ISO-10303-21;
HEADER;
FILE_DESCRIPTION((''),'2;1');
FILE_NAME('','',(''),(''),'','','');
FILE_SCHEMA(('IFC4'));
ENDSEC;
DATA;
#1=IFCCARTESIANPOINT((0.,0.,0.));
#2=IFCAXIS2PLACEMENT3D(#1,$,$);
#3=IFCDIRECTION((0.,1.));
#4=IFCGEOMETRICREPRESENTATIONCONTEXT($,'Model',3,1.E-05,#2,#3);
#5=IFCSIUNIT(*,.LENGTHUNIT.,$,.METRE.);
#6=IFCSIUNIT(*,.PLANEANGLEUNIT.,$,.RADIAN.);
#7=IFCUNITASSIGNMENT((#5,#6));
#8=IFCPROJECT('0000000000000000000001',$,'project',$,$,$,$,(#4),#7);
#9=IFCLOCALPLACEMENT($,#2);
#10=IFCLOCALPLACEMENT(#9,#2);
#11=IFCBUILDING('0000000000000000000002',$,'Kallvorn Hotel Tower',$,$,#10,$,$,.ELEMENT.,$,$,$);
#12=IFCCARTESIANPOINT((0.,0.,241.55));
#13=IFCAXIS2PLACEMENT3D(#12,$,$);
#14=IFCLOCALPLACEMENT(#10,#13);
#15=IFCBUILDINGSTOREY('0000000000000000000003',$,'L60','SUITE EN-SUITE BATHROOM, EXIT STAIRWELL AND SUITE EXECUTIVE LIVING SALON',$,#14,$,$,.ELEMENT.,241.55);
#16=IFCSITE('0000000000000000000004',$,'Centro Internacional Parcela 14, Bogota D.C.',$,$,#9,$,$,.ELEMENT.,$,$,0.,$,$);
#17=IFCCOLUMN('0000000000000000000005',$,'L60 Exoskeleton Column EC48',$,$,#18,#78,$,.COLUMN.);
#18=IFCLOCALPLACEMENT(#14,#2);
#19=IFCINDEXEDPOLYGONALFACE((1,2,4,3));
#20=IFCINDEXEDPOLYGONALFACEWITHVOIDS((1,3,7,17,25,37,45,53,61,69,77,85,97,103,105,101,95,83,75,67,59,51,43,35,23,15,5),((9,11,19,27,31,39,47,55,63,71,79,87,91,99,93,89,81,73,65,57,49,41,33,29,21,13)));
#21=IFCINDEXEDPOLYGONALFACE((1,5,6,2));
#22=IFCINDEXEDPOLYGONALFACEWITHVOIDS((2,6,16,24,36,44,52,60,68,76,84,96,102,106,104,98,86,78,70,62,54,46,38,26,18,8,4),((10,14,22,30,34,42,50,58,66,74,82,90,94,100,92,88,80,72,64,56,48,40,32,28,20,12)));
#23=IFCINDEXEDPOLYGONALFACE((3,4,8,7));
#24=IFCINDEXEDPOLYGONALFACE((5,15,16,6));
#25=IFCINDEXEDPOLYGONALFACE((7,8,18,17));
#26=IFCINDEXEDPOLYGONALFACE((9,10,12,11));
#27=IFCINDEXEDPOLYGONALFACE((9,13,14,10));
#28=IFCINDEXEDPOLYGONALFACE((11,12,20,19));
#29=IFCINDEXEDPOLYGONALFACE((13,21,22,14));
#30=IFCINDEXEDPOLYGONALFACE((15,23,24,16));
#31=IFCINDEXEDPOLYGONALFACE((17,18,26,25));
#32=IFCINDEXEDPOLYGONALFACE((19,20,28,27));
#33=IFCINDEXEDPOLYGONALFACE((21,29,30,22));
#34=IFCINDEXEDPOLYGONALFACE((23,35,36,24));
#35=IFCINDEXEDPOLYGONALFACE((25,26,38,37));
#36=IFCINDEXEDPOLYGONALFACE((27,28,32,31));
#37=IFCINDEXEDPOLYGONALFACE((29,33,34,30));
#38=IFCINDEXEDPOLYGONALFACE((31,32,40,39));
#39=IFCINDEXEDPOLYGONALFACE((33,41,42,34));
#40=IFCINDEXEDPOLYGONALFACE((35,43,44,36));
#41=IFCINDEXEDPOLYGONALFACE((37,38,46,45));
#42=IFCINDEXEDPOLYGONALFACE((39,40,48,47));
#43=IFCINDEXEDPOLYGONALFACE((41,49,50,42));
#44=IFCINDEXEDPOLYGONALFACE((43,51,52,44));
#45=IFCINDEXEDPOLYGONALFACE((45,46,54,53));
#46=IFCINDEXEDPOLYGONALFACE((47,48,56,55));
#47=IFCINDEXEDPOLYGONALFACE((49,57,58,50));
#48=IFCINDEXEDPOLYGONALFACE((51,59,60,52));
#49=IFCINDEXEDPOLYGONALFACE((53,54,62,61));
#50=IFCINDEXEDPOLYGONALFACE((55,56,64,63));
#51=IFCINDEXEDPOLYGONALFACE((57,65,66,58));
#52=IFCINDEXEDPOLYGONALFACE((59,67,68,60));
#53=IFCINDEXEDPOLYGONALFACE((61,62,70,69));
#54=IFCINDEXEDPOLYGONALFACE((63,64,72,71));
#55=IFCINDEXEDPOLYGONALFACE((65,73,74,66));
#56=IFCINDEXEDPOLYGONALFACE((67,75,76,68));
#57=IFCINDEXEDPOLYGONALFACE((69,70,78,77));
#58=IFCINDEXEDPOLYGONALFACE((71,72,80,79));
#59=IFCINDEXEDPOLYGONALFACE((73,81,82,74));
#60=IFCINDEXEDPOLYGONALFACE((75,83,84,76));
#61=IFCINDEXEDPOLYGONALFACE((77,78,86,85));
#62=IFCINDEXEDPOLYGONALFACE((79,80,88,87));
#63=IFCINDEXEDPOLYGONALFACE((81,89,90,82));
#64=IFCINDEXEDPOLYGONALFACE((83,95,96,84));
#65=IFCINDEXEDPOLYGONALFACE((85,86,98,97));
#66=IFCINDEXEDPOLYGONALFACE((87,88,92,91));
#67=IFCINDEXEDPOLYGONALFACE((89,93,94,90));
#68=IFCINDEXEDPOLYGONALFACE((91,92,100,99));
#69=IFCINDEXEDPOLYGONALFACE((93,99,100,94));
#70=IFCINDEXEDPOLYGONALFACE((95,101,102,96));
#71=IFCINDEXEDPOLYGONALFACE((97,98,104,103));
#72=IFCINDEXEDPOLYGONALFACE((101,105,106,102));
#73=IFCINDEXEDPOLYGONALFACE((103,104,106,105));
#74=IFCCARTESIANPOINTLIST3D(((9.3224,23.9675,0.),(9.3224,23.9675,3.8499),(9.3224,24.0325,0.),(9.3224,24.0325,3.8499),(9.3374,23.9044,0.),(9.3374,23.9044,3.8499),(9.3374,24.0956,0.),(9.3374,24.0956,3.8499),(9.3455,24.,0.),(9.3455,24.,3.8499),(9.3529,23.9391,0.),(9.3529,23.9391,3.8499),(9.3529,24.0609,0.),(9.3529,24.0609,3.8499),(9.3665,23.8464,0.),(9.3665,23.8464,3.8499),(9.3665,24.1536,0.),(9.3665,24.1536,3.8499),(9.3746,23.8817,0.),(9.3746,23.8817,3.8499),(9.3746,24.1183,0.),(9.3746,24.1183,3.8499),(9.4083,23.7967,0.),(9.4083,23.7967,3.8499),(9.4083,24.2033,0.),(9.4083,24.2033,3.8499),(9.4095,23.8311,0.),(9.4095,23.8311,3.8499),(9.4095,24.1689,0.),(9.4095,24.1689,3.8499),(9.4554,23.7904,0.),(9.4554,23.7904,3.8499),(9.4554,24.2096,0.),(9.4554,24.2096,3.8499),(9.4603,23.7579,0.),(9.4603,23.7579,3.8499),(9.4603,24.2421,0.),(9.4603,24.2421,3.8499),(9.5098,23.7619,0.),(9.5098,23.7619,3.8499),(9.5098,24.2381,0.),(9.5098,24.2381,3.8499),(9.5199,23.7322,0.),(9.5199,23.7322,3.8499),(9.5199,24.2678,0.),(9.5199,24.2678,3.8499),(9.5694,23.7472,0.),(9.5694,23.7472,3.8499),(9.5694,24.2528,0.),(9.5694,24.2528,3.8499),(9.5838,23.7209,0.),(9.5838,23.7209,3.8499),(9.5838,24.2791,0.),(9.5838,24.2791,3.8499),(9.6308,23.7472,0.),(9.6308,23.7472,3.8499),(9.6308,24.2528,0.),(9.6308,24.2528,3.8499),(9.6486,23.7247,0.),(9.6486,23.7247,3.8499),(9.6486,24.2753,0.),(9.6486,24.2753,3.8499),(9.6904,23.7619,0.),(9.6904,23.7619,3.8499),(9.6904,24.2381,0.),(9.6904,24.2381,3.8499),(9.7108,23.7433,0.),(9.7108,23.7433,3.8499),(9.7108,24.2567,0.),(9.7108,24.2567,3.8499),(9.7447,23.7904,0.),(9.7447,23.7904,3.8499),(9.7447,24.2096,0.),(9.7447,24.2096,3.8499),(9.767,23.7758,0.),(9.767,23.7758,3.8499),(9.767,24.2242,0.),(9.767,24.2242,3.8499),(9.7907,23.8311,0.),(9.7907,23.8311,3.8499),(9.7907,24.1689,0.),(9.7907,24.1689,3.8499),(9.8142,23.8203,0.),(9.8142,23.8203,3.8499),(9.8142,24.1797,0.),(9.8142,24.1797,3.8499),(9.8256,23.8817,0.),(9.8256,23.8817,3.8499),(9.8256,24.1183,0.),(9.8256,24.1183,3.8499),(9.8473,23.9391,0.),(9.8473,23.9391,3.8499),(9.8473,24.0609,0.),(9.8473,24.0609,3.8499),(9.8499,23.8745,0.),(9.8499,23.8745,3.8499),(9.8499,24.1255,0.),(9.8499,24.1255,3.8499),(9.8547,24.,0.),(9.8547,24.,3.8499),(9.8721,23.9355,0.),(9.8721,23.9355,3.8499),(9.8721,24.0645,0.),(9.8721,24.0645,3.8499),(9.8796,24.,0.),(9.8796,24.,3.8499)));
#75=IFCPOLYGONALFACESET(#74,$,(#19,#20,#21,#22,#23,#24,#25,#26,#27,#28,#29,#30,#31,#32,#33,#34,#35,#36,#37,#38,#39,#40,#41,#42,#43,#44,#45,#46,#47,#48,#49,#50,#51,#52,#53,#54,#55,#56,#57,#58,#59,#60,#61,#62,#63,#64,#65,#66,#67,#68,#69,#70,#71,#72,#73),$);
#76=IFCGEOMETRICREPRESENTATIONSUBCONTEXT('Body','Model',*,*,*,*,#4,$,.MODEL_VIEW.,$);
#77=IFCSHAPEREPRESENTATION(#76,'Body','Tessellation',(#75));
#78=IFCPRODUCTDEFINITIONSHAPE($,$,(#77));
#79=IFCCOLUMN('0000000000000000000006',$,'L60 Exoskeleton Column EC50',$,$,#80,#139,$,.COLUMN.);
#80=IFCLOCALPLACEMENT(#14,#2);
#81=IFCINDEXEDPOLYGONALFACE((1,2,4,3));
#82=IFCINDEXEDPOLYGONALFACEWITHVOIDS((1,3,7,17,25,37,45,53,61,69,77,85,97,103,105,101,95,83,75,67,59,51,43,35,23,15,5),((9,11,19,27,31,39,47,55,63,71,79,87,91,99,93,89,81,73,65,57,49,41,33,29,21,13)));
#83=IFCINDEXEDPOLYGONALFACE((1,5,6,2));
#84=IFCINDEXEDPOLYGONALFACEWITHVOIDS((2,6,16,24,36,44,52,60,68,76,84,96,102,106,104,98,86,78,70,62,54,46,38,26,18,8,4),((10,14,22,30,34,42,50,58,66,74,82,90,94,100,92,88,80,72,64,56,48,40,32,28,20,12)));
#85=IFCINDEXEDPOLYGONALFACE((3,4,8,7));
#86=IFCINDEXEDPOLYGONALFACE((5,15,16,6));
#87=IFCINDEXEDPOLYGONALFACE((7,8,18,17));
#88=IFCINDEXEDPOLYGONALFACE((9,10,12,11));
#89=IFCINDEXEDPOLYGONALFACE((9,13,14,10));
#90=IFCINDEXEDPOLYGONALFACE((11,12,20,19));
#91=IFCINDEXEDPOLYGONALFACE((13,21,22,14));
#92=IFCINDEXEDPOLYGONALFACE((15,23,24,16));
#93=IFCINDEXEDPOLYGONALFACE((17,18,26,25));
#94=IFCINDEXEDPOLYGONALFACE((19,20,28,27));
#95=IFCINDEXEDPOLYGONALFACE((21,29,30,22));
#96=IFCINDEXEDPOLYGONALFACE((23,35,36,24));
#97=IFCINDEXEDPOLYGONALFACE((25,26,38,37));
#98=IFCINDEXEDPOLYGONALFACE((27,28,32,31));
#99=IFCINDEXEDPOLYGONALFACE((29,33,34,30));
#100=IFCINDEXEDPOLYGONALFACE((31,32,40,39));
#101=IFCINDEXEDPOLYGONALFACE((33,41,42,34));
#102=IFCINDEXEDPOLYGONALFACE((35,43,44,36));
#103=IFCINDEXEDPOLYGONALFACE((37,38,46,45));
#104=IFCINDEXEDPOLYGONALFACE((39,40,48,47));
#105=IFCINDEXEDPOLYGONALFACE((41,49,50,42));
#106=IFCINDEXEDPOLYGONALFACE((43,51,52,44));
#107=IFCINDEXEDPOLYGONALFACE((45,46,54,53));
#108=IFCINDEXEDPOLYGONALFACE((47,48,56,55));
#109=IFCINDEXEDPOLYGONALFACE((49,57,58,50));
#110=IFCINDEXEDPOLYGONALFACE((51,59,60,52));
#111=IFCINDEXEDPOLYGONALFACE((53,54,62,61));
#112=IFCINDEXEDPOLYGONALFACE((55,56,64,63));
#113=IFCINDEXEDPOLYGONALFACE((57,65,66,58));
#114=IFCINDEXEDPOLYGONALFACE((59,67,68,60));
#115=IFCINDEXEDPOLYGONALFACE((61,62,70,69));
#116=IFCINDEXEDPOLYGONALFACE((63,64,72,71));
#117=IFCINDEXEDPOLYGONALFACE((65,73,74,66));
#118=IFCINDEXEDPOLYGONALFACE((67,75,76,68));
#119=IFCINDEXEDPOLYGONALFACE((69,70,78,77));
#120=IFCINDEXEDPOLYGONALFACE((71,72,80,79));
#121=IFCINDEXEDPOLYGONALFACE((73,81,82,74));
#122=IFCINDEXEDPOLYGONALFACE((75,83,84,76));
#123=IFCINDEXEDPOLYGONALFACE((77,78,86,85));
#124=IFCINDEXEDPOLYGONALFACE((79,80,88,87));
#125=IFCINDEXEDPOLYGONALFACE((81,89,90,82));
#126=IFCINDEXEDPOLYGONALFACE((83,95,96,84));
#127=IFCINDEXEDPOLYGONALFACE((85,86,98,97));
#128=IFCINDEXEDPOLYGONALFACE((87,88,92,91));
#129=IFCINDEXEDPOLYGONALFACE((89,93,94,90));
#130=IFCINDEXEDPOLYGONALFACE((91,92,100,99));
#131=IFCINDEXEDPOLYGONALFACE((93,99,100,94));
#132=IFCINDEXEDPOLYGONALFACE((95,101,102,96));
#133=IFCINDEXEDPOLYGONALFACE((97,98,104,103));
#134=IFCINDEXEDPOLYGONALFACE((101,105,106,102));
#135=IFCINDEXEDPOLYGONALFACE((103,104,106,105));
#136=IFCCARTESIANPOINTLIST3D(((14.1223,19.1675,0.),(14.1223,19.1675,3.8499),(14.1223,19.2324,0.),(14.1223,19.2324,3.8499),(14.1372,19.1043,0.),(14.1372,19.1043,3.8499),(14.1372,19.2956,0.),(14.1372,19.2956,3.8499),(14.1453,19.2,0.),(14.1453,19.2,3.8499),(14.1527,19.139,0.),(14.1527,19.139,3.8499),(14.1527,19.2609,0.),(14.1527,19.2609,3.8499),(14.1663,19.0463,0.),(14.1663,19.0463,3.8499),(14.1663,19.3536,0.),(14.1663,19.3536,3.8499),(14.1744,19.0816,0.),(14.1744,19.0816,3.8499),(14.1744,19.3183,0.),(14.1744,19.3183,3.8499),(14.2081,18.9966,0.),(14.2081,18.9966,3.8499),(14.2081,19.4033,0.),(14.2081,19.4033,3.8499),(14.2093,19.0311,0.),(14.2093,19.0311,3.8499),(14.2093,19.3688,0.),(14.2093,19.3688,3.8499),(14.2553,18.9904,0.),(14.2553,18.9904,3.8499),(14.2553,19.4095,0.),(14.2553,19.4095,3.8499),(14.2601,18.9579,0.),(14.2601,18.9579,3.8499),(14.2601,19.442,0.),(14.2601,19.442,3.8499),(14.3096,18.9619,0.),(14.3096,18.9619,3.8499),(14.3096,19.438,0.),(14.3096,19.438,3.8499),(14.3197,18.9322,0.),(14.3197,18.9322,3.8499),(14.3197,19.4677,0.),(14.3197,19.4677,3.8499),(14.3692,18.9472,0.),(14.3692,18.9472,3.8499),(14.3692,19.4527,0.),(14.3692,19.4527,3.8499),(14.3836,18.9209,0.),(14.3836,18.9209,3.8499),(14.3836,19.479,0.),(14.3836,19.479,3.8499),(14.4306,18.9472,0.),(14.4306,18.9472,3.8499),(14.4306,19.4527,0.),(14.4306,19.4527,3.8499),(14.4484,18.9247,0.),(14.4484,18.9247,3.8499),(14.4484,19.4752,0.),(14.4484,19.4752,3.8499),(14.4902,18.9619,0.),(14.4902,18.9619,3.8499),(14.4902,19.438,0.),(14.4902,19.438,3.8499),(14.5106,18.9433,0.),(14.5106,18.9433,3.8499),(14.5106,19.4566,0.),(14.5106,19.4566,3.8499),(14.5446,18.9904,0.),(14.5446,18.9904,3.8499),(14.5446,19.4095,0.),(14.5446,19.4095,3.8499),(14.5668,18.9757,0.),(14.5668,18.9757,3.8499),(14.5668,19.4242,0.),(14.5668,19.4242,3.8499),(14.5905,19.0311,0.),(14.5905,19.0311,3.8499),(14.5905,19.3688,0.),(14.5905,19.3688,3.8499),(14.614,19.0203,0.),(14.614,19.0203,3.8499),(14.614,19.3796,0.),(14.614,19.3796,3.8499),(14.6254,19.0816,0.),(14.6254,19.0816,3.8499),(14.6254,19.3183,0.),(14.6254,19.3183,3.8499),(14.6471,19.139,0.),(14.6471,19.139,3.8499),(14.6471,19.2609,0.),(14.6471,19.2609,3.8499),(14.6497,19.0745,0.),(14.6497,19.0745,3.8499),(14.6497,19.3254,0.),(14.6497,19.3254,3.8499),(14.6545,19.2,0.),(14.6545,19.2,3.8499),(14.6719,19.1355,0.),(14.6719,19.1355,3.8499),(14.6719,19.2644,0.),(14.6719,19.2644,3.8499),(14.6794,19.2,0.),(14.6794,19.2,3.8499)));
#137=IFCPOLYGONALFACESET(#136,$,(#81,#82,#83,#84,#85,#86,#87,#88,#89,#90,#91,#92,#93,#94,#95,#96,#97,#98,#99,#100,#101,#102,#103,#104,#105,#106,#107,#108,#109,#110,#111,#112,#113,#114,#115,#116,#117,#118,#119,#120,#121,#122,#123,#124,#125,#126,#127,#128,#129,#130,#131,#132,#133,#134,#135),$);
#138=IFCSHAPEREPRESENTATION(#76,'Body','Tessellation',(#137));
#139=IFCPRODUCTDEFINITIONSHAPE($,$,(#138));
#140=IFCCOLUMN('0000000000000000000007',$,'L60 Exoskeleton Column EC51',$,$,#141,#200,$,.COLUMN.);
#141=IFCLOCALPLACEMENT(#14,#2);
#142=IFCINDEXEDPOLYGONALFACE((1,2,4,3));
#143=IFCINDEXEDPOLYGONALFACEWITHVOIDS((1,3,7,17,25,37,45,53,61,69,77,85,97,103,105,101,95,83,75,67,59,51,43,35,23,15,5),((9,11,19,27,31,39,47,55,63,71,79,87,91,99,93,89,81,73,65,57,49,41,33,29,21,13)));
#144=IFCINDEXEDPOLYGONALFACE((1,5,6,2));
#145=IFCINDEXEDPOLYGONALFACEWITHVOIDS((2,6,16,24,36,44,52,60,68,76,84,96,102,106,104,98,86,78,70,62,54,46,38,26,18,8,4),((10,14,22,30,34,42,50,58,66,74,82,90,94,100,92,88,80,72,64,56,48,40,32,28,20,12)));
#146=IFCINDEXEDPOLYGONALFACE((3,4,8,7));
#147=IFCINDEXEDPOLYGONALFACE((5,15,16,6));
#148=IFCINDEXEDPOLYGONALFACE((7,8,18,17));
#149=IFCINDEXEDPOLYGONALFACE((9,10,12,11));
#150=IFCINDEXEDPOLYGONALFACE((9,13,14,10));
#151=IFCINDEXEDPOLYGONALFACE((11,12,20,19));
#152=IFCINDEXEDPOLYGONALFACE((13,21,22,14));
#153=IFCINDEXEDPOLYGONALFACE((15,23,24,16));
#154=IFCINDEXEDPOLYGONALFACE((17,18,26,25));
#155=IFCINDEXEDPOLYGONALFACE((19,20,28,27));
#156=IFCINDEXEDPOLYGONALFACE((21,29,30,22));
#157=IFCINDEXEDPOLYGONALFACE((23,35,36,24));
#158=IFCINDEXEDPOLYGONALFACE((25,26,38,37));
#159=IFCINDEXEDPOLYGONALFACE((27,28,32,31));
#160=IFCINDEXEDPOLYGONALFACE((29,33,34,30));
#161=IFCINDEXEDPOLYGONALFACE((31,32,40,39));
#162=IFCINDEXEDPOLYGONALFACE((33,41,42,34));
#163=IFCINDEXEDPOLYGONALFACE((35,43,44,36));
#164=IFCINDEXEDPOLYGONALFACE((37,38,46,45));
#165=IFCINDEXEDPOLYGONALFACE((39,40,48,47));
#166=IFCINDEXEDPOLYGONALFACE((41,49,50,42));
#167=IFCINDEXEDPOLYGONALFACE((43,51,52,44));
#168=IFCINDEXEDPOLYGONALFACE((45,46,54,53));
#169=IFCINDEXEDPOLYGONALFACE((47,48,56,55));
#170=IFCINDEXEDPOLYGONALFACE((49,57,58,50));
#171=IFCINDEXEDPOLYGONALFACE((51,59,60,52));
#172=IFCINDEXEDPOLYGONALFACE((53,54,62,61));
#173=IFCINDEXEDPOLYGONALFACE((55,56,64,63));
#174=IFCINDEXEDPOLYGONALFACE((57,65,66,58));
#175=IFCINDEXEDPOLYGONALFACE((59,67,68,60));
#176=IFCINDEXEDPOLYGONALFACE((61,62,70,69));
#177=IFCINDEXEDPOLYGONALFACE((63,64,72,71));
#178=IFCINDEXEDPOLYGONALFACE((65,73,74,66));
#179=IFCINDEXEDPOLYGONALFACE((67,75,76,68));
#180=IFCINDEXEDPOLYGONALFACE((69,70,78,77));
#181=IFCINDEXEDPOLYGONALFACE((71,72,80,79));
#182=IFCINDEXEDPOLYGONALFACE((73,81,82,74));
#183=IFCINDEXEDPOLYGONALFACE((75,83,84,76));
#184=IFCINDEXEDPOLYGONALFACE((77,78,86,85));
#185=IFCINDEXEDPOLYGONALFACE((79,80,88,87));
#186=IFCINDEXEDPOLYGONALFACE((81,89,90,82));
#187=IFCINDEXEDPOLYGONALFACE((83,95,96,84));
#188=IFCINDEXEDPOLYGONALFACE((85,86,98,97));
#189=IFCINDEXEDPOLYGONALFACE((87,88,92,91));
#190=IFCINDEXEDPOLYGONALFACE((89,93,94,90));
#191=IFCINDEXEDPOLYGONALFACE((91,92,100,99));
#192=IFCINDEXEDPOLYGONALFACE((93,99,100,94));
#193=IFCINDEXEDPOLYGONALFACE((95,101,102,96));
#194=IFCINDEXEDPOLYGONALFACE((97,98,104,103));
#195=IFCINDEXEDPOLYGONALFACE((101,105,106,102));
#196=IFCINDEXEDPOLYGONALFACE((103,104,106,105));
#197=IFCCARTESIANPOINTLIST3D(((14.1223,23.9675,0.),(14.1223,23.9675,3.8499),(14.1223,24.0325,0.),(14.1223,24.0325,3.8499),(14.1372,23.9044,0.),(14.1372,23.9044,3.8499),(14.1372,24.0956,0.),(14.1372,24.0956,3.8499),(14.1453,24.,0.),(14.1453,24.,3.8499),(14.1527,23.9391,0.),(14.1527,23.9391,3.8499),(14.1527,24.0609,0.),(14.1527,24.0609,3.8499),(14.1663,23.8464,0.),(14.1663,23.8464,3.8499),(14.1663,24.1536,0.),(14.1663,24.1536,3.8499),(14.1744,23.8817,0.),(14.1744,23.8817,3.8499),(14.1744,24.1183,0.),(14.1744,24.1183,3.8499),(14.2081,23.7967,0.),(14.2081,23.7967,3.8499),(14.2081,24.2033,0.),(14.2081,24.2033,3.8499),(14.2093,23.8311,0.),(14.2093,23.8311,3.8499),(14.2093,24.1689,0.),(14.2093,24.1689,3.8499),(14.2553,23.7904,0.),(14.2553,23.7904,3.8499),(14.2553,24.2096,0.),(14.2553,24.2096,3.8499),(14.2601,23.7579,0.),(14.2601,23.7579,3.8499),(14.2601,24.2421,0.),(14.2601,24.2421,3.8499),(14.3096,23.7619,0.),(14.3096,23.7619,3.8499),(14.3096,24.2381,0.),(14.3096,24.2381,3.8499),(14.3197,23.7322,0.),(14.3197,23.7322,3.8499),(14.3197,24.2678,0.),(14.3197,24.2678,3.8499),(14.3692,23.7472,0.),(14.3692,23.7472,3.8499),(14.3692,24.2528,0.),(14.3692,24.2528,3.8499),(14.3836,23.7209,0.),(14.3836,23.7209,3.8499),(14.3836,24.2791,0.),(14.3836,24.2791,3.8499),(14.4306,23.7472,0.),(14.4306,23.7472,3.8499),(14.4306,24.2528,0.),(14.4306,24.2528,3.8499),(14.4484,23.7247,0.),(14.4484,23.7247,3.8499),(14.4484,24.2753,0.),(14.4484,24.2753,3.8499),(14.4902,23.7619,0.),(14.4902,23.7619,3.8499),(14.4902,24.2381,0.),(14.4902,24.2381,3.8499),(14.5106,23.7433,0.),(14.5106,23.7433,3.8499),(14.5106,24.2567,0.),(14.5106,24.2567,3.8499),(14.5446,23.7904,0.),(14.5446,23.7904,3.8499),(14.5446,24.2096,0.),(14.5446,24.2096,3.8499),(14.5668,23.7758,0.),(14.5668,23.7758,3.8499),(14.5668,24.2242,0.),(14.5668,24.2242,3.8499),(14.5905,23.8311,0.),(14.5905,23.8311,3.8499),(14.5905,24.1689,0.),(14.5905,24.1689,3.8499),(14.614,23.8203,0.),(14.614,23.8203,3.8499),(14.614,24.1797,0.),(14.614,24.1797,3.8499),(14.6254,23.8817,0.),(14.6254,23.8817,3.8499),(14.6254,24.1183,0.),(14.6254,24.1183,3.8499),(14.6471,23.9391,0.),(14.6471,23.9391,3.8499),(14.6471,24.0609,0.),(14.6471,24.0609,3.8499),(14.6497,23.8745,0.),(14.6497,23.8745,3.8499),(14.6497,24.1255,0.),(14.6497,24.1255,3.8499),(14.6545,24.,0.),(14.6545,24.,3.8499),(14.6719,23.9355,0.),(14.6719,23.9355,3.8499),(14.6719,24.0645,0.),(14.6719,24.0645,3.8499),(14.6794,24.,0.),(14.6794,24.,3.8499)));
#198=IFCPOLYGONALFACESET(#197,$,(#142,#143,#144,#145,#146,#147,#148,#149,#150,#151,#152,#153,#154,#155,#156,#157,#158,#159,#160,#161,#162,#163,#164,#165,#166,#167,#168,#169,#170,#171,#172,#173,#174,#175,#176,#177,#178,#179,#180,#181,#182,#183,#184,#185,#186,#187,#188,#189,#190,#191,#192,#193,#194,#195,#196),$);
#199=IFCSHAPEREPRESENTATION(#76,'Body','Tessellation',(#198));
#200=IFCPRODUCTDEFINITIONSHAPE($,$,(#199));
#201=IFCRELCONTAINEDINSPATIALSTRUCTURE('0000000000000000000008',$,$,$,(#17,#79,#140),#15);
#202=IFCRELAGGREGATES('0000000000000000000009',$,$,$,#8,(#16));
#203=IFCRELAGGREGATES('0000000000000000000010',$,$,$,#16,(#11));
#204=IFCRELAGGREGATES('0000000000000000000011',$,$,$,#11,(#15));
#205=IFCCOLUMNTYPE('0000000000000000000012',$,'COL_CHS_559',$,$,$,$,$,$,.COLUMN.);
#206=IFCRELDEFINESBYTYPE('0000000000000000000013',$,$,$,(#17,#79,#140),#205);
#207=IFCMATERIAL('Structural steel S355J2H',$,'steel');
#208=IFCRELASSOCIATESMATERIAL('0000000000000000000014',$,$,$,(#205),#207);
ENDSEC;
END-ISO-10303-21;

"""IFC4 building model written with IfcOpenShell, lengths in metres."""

from ifc_helpers import new_model, si_unit, direction, frame, origin, origin_2d, place, context, subcontext, project, spatial, hollow_circle, extrude, material, material_profile, profile_set, type_object, element, save


model = new_model("IFC4")

# Units and contexts
model_context = context("Model", 3, precision=1e-05, world=origin(), true_north=direction((0.0, 1.0)))
body_context = subcontext(model_context, "Body", "Model", "MODEL_VIEW")
ifc_project = project(units=[si_unit("LENGTHUNIT", "METRE"), si_unit("PLANEANGLEUNIT", "RADIAN")], contexts=[model_context])

# Site, building, storey
site_placement = place(None, origin())
site = spatial("IfcSite", under=ifc_project, at=site_placement, Name="Centro Internacional Parcela 14, Bogota D.C.", CompositionType="ELEMENT", RefElevation=0.0)
building_placement = place(site_placement, origin())
building = spatial("IfcBuilding", under=site, at=building_placement, Name="Kallvorn Hotel Tower", CompositionType="ELEMENT")
storey_placement = place(building_placement, frame((0.0, 0.0, 241.55)))
storey = spatial("IfcBuildingStorey", under=building, at=storey_placement, Name="L60", Description="SUITE EN-SUITE BATHROOM, EXIT STAIRWELL AND SUITE EXECUTIVE LIVING SALON", CompositionType="ELEMENT", Elevation=241.55)

# Columns
ifc_material_1 = material(Name="Structural steel S355J2H", Category="steel")
ifc_material_profile_1 = material_profile(ifc_material_1, hollow_circle(Radius=0.2795, WallThickness=0.0249, at=origin_2d()), Name="CHS 559x25")
ifc_profile_set_1 = profile_set([ifc_material_profile_1], Name="Structural steel S355J2H")
column_type_1 = type_object("IfcColumnType", Name="COL_CHS_559", PredefinedType="COLUMN", material=ifc_profile_set_1)
for number, where, z_axis, x_axis, name in (
    (1, (9.6001, 24.0, 0.0), (0.0, 0.0, 1.0), (1.0, 0.0, 0.0), "L60 Exoskeleton Column EC48"),
    (2, (14.3999, 19.2, 0.0), (0.0, 0.0, 1.0), (1.0, 0.0, 0.0), "L60 Exoskeleton Column EC50"),
    (3, (14.3999, 24.0, 0.0), (0.0, 0.0, 1.0), (1.0, 0.0, 0.0), "L60 Exoskeleton Column EC51"),
):
    element("IfcColumn", number, at=place(storey_placement, frame(where, z_axis=z_axis, x_axis=x_axis)), inside=storey, type_object=column_type_1, Name=name, PredefinedType="COLUMN", context=body_context, shape_type="SweptSolid", body=[
        extrude(hollow_circle(Radius=0.2795, WallThickness=0.0249, at=origin_2d()), origin(), (0.0, 0.0, 1.0), 3.8499),
    ])

save(model, "model.ifc")
